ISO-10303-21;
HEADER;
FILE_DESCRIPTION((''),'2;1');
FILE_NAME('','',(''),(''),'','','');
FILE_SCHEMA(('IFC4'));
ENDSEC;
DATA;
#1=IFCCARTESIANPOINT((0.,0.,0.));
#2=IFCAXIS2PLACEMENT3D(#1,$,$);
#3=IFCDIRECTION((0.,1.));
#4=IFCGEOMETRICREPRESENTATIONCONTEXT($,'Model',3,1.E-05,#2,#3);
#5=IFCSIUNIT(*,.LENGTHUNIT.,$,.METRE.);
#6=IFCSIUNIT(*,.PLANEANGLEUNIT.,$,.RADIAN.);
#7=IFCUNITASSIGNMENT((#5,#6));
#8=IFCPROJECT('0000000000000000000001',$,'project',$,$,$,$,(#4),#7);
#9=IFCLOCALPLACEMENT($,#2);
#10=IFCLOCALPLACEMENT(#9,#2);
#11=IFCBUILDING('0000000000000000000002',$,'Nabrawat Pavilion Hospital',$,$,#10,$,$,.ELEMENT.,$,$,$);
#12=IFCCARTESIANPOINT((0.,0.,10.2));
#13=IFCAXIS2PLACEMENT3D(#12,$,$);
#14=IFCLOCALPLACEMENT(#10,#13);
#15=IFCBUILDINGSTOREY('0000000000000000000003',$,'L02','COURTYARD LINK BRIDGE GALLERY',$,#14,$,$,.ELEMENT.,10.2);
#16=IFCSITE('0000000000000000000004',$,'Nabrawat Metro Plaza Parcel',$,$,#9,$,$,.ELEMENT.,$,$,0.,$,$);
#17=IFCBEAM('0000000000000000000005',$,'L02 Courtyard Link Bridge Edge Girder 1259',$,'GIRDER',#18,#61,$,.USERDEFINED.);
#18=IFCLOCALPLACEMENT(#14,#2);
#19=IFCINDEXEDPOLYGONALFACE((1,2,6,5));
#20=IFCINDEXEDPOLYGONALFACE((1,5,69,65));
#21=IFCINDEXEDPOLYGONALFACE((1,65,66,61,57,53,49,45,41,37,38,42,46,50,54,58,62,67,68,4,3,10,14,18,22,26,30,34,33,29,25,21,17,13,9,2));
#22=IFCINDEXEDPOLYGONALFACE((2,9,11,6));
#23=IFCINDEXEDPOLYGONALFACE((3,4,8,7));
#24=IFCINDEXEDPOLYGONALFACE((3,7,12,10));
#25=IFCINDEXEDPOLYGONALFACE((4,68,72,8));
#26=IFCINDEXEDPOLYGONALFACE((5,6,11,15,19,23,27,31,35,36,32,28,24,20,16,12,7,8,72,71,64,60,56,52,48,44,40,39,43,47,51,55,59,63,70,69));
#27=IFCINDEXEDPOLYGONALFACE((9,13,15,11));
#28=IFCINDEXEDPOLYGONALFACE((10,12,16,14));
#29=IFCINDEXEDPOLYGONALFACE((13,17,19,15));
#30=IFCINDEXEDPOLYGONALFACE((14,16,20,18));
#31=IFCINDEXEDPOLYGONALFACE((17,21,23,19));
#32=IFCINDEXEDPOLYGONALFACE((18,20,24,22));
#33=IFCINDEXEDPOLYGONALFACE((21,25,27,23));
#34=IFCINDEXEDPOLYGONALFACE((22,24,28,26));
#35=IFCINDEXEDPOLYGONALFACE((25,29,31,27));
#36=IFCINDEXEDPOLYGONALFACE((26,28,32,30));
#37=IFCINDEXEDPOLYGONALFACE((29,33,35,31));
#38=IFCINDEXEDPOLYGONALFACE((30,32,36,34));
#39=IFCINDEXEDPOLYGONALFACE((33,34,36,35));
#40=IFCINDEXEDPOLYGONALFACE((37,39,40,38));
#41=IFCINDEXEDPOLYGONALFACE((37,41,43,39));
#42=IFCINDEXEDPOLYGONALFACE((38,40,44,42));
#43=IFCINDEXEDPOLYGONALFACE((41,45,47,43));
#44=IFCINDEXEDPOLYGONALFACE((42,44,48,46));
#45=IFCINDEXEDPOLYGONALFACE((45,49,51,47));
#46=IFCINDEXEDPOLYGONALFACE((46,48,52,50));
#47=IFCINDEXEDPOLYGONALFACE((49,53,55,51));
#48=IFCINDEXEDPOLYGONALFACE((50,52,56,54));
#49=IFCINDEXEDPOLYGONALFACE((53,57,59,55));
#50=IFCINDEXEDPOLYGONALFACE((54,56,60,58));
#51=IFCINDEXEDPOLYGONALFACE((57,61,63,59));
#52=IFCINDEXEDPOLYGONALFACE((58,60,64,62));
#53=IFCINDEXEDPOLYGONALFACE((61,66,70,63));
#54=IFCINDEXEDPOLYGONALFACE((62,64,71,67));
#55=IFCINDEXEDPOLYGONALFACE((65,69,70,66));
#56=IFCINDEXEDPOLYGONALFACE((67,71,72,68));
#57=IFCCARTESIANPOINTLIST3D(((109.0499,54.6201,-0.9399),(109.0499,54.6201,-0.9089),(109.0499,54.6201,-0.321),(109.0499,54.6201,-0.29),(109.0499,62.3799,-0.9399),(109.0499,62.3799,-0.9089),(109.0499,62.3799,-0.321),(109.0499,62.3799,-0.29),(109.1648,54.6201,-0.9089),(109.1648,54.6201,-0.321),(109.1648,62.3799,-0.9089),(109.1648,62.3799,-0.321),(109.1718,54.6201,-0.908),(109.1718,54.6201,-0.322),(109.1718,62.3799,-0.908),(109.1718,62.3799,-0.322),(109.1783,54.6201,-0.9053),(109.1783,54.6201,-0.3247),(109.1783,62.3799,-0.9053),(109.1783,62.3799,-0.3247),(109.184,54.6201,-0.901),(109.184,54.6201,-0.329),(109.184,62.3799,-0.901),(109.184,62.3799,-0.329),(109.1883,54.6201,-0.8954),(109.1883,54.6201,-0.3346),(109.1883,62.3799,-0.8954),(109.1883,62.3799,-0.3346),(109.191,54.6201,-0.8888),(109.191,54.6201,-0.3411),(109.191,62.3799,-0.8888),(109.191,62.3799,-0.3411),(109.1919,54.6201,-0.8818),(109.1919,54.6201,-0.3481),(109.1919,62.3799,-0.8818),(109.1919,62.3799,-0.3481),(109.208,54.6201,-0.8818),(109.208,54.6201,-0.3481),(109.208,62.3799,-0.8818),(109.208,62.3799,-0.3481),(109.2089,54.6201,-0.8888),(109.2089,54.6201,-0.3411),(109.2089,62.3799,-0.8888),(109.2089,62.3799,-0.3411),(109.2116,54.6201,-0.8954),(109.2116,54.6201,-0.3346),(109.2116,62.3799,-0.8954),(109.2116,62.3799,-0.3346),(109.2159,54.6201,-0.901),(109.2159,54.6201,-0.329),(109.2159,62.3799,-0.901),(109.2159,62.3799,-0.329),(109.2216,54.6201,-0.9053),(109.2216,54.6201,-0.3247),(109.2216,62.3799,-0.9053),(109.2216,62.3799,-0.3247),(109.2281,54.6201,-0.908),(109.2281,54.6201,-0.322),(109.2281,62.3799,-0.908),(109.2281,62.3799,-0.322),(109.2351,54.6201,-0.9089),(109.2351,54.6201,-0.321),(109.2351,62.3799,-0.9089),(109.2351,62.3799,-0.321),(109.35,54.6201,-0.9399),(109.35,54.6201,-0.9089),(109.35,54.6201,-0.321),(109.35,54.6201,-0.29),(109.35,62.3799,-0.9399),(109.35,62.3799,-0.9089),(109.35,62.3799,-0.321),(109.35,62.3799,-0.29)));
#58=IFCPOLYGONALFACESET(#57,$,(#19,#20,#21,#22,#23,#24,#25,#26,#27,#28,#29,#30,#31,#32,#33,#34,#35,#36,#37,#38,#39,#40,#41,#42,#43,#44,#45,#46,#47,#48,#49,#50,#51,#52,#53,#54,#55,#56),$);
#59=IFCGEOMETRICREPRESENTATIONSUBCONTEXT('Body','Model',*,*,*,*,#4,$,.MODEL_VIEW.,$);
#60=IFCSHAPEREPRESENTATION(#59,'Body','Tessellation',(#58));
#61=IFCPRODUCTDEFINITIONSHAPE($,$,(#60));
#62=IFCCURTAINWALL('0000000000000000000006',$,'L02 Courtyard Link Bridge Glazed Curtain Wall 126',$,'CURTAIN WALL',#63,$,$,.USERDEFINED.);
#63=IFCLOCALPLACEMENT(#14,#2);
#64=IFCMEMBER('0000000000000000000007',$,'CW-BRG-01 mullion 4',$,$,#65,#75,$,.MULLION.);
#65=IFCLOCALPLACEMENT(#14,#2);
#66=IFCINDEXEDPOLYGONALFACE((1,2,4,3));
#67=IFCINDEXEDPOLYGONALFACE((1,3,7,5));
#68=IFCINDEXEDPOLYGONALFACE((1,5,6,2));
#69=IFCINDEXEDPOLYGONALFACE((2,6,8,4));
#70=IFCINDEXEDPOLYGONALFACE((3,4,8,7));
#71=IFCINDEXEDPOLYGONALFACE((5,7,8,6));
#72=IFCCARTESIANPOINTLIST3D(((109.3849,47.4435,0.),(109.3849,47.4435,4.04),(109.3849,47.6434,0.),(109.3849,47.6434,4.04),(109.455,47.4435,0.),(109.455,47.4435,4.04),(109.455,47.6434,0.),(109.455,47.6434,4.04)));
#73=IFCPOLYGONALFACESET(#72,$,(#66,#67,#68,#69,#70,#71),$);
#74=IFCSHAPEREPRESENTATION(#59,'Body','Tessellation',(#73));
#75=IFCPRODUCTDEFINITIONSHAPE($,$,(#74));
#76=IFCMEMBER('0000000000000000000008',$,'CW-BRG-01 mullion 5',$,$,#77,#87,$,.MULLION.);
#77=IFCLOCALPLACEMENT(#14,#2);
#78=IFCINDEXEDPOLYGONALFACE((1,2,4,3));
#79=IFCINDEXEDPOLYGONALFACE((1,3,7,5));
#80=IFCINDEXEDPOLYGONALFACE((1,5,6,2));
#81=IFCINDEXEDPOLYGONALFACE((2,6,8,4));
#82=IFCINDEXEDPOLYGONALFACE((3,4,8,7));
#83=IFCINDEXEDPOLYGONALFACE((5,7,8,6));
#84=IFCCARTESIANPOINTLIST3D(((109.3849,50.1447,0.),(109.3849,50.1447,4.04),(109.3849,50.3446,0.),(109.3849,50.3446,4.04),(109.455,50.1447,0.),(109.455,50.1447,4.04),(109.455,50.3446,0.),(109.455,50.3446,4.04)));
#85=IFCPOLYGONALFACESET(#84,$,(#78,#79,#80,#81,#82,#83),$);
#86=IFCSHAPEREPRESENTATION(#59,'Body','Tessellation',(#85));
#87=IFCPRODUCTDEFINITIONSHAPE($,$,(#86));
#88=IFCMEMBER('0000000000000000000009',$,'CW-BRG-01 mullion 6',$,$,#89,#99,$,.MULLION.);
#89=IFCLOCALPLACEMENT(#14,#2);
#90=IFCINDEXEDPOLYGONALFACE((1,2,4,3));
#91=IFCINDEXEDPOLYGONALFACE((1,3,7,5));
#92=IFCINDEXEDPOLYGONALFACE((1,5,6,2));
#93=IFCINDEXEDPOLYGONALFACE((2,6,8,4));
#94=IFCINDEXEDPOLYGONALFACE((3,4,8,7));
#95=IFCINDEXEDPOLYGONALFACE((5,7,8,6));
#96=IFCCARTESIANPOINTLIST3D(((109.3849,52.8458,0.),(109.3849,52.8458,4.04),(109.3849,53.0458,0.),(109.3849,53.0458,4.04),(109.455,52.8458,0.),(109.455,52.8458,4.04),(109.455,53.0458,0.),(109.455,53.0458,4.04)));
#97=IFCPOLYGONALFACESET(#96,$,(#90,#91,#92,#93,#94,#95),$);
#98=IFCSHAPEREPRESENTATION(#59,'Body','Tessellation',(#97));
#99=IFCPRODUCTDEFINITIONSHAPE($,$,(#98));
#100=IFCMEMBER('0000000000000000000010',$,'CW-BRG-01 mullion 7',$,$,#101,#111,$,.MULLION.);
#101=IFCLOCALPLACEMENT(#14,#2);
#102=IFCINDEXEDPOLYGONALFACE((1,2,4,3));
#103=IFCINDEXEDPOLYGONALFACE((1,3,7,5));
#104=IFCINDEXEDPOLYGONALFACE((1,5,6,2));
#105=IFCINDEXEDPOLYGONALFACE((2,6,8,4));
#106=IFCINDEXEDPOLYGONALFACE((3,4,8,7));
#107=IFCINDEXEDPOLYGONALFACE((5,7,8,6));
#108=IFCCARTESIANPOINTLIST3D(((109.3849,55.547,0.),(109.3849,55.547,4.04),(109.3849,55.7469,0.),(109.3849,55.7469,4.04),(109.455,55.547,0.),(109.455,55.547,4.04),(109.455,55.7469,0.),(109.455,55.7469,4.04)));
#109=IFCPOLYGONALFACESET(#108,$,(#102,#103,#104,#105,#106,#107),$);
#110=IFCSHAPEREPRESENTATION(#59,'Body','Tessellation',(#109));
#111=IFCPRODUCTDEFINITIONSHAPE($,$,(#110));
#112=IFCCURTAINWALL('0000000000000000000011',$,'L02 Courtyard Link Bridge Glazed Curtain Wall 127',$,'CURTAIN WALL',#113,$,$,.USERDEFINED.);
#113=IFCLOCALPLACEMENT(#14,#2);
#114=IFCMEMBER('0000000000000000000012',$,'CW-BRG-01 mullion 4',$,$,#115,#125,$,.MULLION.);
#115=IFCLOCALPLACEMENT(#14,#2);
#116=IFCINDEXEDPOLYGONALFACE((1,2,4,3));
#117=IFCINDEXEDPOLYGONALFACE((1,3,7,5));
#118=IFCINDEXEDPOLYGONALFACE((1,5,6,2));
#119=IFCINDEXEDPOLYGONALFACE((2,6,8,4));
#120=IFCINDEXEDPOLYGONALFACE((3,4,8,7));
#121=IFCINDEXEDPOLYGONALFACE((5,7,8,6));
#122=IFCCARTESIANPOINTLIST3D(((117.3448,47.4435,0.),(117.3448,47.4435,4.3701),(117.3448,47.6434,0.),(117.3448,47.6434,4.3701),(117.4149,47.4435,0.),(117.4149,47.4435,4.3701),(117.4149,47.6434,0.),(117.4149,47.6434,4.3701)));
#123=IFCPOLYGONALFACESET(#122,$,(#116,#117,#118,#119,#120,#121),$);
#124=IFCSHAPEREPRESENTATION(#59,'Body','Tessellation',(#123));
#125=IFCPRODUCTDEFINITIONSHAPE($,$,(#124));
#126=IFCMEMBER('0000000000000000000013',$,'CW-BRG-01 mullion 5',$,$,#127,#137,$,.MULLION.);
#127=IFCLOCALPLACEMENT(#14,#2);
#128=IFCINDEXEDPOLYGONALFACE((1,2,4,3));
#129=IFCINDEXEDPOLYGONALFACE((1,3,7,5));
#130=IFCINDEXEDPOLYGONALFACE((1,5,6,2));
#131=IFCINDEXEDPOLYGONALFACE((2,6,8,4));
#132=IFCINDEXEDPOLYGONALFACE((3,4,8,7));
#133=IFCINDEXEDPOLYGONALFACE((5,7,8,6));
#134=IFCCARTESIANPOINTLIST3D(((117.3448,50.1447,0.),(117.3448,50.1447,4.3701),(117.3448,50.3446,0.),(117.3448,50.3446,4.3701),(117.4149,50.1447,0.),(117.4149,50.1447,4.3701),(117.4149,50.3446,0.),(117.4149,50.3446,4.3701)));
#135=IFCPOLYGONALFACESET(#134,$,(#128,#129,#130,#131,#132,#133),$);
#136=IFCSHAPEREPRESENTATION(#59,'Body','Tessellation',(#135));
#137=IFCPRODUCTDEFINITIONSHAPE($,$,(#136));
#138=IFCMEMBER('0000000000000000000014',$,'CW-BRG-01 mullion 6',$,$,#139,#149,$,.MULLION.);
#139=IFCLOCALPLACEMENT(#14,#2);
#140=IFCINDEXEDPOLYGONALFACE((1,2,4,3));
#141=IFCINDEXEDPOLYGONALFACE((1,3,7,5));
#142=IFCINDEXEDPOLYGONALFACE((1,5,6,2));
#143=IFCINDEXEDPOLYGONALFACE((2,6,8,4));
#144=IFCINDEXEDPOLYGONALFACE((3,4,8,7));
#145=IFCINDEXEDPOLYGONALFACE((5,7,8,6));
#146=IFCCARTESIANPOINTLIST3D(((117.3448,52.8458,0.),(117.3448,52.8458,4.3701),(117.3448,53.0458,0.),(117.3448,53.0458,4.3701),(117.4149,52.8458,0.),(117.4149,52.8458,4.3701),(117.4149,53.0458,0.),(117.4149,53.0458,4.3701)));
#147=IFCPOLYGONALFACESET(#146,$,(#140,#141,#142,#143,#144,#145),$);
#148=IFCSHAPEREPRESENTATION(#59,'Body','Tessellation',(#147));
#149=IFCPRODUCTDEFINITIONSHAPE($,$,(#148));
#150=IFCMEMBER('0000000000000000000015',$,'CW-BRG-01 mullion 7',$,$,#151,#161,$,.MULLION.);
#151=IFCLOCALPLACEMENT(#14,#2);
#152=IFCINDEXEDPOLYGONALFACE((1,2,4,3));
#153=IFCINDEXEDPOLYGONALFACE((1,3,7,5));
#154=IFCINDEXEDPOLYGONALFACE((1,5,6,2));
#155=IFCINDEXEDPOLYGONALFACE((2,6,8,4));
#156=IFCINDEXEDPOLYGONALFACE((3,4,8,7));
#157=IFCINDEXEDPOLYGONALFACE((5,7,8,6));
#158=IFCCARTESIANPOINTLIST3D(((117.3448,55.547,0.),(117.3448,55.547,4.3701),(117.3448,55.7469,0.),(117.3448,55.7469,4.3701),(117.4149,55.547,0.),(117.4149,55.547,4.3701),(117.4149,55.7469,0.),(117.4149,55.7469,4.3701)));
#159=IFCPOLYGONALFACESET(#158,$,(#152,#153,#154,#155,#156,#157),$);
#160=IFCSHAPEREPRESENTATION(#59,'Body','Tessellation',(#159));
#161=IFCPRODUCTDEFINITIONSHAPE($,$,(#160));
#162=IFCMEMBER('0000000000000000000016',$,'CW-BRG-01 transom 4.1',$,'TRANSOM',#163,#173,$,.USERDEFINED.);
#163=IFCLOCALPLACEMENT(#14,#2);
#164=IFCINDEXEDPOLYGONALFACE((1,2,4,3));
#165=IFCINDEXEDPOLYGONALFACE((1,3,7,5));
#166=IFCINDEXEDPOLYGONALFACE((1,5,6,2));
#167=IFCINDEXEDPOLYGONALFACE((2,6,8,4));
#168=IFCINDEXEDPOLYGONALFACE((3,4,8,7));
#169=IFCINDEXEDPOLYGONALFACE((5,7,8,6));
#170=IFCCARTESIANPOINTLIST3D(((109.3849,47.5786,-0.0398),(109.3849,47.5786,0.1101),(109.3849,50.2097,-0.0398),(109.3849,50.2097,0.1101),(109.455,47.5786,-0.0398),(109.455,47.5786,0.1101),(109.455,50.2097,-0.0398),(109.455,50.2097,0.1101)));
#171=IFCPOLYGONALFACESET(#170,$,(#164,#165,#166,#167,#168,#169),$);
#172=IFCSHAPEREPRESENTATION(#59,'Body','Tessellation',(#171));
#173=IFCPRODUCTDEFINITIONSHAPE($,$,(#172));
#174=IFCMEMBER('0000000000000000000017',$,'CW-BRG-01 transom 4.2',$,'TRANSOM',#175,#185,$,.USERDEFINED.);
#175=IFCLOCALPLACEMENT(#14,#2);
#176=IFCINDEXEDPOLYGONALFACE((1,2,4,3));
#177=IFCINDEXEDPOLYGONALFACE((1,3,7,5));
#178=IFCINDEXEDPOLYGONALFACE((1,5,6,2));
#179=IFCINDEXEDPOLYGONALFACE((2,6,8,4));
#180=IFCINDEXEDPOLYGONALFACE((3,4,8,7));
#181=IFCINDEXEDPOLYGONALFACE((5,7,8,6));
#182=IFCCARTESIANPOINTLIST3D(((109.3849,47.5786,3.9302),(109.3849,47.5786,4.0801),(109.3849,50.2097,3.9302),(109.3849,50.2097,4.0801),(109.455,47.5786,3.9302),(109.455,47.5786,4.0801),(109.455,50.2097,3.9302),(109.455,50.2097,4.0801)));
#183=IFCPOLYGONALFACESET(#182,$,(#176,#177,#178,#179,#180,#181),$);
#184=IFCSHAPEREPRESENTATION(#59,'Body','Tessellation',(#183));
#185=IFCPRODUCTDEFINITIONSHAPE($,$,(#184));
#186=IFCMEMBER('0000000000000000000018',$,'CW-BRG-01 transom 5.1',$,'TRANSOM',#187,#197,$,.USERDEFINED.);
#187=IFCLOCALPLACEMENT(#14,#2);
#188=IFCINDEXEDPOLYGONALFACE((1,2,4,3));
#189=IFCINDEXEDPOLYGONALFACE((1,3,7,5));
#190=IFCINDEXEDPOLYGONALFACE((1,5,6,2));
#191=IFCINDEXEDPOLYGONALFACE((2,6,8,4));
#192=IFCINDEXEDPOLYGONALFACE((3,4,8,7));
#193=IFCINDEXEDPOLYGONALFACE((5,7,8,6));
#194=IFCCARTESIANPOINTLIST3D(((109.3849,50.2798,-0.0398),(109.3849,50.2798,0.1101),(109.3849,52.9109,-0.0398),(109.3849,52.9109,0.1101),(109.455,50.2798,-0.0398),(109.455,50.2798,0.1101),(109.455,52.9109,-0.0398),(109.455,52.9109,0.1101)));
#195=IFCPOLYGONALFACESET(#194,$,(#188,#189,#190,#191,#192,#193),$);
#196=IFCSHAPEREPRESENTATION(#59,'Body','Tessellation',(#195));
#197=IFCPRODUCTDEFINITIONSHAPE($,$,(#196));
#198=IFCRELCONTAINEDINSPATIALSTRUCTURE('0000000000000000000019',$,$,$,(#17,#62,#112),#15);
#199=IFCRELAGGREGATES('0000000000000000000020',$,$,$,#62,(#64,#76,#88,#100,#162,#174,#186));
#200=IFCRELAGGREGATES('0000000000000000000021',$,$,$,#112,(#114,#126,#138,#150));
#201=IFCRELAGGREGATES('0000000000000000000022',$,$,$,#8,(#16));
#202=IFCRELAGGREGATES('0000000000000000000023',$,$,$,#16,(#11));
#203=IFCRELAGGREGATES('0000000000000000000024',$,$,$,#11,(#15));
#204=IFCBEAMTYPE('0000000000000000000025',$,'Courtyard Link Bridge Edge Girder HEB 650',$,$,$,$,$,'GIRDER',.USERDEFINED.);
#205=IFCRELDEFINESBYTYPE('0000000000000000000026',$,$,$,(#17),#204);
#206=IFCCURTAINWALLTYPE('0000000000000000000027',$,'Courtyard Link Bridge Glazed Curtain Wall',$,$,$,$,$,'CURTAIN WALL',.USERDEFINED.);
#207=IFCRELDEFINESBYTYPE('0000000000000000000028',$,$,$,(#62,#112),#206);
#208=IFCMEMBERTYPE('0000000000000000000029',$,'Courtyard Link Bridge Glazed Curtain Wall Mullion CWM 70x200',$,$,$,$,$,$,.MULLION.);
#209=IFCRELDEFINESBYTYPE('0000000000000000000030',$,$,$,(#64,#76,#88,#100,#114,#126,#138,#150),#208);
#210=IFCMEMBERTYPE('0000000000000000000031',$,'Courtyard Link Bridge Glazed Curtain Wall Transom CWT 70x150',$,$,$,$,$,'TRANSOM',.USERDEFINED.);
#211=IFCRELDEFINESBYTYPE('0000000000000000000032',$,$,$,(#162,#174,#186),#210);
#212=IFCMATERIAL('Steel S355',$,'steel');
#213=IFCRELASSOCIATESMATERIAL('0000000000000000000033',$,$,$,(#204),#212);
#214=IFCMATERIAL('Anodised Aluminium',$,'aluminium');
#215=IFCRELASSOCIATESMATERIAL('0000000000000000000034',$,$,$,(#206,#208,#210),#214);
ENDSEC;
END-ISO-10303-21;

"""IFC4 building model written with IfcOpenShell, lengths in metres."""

from ifc_helpers import new_model, si_unit, direction, frame, origin, origin_2d, place, context, subcontext, project, spatial, rectangle, i_section, extrude, material, material_profile, profile_set, type_object, element, aggregate, save


model = new_model("IFC4")

# Units and contexts
model_context = context("Model", 3, precision=1e-05, world=origin(), true_north=direction((0.0, 1.0)))
body_context = subcontext(model_context, "Body", "Model", "MODEL_VIEW")
ifc_project = project(units=[si_unit("LENGTHUNIT", "METRE"), si_unit("PLANEANGLEUNIT", "RADIAN")], contexts=[model_context])

# Site, building, storey
site_placement = place(None, origin())
site = spatial("IfcSite", under=ifc_project, at=site_placement, Name="Nabrawat Metro Plaza Parcel", CompositionType="ELEMENT", RefElevation=0.0)
building_placement = place(site_placement, origin())
building = spatial("IfcBuilding", under=site, at=building_placement, Name="Nabrawat Pavilion Hospital", CompositionType="ELEMENT")
storey_placement = place(building_placement, frame((0.0, 0.0, 10.2)))
storey = spatial("IfcBuildingStorey", under=building, at=storey_placement, Name="L02", Description="COURTYARD LINK BRIDGE GALLERY", CompositionType="ELEMENT", Elevation=10.2)

# Beam
ifc_material_1 = material(Name="Steel S355", Category="steel")
ifc_material_profile_1 = material_profile(ifc_material_1, i_section(OverallWidth=0.3, OverallDepth=0.6499, WebThickness=0.0161, FlangeThickness=0.031, FilletRadius=0.0271, at=origin_2d()), Name="HEB 650")
ifc_profile_set_1 = profile_set([ifc_material_profile_1], Name="Steel S355")
beam_type_1 = type_object("IfcBeamType", Name="Courtyard Link Bridge Edge Girder HEB 650", ElementType="GIRDER", PredefinedType="USERDEFINED", material=ifc_profile_set_1)
beam_1_placement = place(storey_placement, frame((109.2, 54.6201, -0.615), z_axis=(0.0, 1.0, 0.0), x_axis=(-1.0, 0.0, 0.0)))
element("IfcBeam", 1, at=beam_1_placement, inside=storey, type_object=beam_type_1, Name="L02 Courtyard Link Bridge Edge Girder 1259", ObjectType="GIRDER", PredefinedType="USERDEFINED", context=body_context, shape_type="SweptSolid", body=[
    extrude(i_section(OverallWidth=0.3, OverallDepth=0.6499, WebThickness=0.0161, FlangeThickness=0.031, FilletRadius=0.0271, at=origin_2d()), origin(), (0.0, 0.0, 1.0), 7.7598),
])

# Curtain walls, members
ifc_material_2 = material(Name="Anodised Aluminium", Category="aluminium")
curtain_wall_type = type_object("IfcCurtainWallType", Name="Courtyard Link Bridge Glazed Curtain Wall", ElementType="CURTAIN WALL", PredefinedType="USERDEFINED", material=ifc_material_2)
curtain_wall_1_placement = place(storey_placement, origin())
curtain_wall_1 = element("IfcCurtainWall", 2, at=curtain_wall_1_placement, inside=storey, type_object=curtain_wall_type, Name="L02 Courtyard Link Bridge Glazed Curtain Wall 126", ObjectType="CURTAIN WALL", PredefinedType="USERDEFINED")
ifc_material_profile_2 = material_profile(ifc_material_2, rectangle(XDim=0.0701, YDim=0.2, at=origin_2d()), Name="CWM 70x200")
ifc_profile_set_2 = profile_set([ifc_material_profile_2], Name="Anodised Aluminium")
member_type_1 = type_object("IfcMemberType", Name="Courtyard Link Bridge Glazed Curtain Wall Mullion CWM 70x200", PredefinedType="MULLION", material=ifc_profile_set_2)
member_1_placement = place(storey_placement, frame((109.4199, 47.5435, 0.0), z_axis=(0.0, 0.0, 1.0), x_axis=(-1.0, 0.0, 0.0)))
member_1 = element("IfcMember", 3, at=member_1_placement, type_object=member_type_1, Name="CW-BRG-01 mullion 4", PredefinedType="MULLION", context=body_context, shape_type="SweptSolid", body=[
    extrude(rectangle(XDim=0.0701, YDim=0.2, at=origin_2d()), origin(), (0.0, 0.0, 1.0), 4.04),
])
member_2_placement = place(storey_placement, frame((109.4199, 50.2446, 0.0), z_axis=(0.0, 0.0, 1.0), x_axis=(-1.0, 0.0, 0.0)))
member_2 = element("IfcMember", 4, at=member_2_placement, type_object=member_type_1, Name="CW-BRG-01 mullion 5", PredefinedType="MULLION", context=body_context, shape_type="SweptSolid", body=[
    extrude(rectangle(XDim=0.0701, YDim=0.2, at=origin_2d()), origin(), (0.0, 0.0, 1.0), 4.04),
])
member_3_placement = place(storey_placement, frame((109.4199, 52.9458, 0.0), z_axis=(0.0, 0.0, 1.0), x_axis=(-1.0, 0.0, 0.0)))
member_3 = element("IfcMember", 5, at=member_3_placement, type_object=member_type_1, Name="CW-BRG-01 mullion 6", PredefinedType="MULLION", context=body_context, shape_type="SweptSolid", body=[
    extrude(rectangle(XDim=0.0701, YDim=0.2, at=origin_2d()), origin(), (0.0, 0.0, 1.0), 4.04),
])
member_4_placement = place(storey_placement, frame((109.4199, 55.647, 0.0), z_axis=(0.0, 0.0, 1.0), x_axis=(-1.0, 0.0, 0.0)))
member_4 = element("IfcMember", 6, at=member_4_placement, type_object=member_type_1, Name="CW-BRG-01 mullion 7", PredefinedType="MULLION", context=body_context, shape_type="SweptSolid", body=[
    extrude(rectangle(XDim=0.0701, YDim=0.2, at=origin_2d()), origin(), (0.0, 0.0, 1.0), 4.04),
])
curtain_wall_2_placement = place(storey_placement, origin())
curtain_wall_2 = element("IfcCurtainWall", 7, at=curtain_wall_2_placement, inside=storey, type_object=curtain_wall_type, Name="L02 Courtyard Link Bridge Glazed Curtain Wall 127", ObjectType="CURTAIN WALL", PredefinedType="USERDEFINED")
member_5_placement = place(storey_placement, frame((117.3799, 47.5435, 0.0), z_axis=(0.0, 0.0, 1.0), x_axis=(-1.0, 0.0, 0.0)))
member_5 = element("IfcMember", 8, at=member_5_placement, type_object=member_type_1, Name="CW-BRG-01 mullion 4", PredefinedType="MULLION", context=body_context, shape_type="SweptSolid", body=[
    extrude(rectangle(XDim=0.0701, YDim=0.2, at=origin_2d()), origin(), (0.0, 0.0, 1.0), 4.3701),
])
member_6_placement = place(storey_placement, frame((117.3799, 50.2446, 0.0), z_axis=(0.0, 0.0, 1.0), x_axis=(-1.0, 0.0, 0.0)))
member_6 = element("IfcMember", 9, at=member_6_placement, type_object=member_type_1, Name="CW-BRG-01 mullion 5", PredefinedType="MULLION", context=body_context, shape_type="SweptSolid", body=[
    extrude(rectangle(XDim=0.0701, YDim=0.2, at=origin_2d()), origin(), (0.0, 0.0, 1.0), 4.3701),
])
member_7_placement = place(storey_placement, frame((117.3799, 52.9458, 0.0), z_axis=(0.0, 0.0, 1.0), x_axis=(-1.0, 0.0, 0.0)))
member_7 = element("IfcMember", 10, at=member_7_placement, type_object=member_type_1, Name="CW-BRG-01 mullion 6", PredefinedType="MULLION", context=body_context, shape_type="SweptSolid", body=[
    extrude(rectangle(XDim=0.0701, YDim=0.2, at=origin_2d()), origin(), (0.0, 0.0, 1.0), 4.3701),
])
member_8_placement = place(storey_placement, frame((117.3799, 55.647, 0.0), z_axis=(0.0, 0.0, 1.0), x_axis=(-1.0, 0.0, 0.0)))
member_8 = element("IfcMember", 11, at=member_8_placement, type_object=member_type_1, Name="CW-BRG-01 mullion 7", PredefinedType="MULLION", context=body_context, shape_type="SweptSolid", body=[
    extrude(rectangle(XDim=0.0701, YDim=0.2, at=origin_2d()), origin(), (0.0, 0.0, 1.0), 4.3701),
])

# Members
ifc_material_profile_3 = material_profile(ifc_material_2, rectangle(XDim=0.0701, YDim=0.1499, at=origin_2d()), Name="CWT 70x150")
ifc_profile_set_3 = profile_set([ifc_material_profile_3], Name="Anodised Aluminium")
member_type_2 = type_object("IfcMemberType", Name="Courtyard Link Bridge Glazed Curtain Wall Transom CWT 70x150", ElementType="TRANSOM", PredefinedType="USERDEFINED", material=ifc_profile_set_3)
member_9_placement = place(storey_placement, frame((109.4199, 47.5786, 0.0352), z_axis=(0.0, 1.0, 0.0), x_axis=(-1.0, 0.0, 0.0)))
member_9 = element("IfcMember", 12, at=member_9_placement, type_object=member_type_2, Name="CW-BRG-01 transom 4.1", ObjectType="TRANSOM", PredefinedType="USERDEFINED", context=body_context, shape_type="SweptSolid", body=[
    extrude(rectangle(XDim=0.0701, YDim=0.1499, at=origin_2d()), origin(), (0.0, 0.0, 1.0), 2.6311),
])
member_10_placement = place(storey_placement, frame((109.4199, 47.5786, 4.0051), z_axis=(0.0, 1.0, 0.0), x_axis=(-1.0, 0.0, 0.0)))
member_10 = element("IfcMember", 13, at=member_10_placement, type_object=member_type_2, Name="CW-BRG-01 transom 4.2", ObjectType="TRANSOM", PredefinedType="USERDEFINED", context=body_context, shape_type="SweptSolid", body=[
    extrude(rectangle(XDim=0.0701, YDim=0.1499, at=origin_2d()), origin(), (0.0, 0.0, 1.0), 2.6311),
])
member_11_placement = place(storey_placement, frame((109.4199, 50.2798, 0.0352), z_axis=(0.0, 1.0, 0.0), x_axis=(-1.0, 0.0, 0.0)))
member_11 = element("IfcMember", 14, at=member_11_placement, type_object=member_type_2, Name="CW-BRG-01 transom 5.1", ObjectType="TRANSOM", PredefinedType="USERDEFINED", context=body_context, shape_type="SweptSolid", body=[
    extrude(rectangle(XDim=0.0701, YDim=0.1499, at=origin_2d()), origin(), (0.0, 0.0, 1.0), 2.6311),
])

aggregate(curtain_wall_1, [member_1, member_2, member_3, member_4, member_9, member_10, member_11])
aggregate(curtain_wall_2, [member_5, member_6, member_7, member_8])

save(model, "model.ifc")
